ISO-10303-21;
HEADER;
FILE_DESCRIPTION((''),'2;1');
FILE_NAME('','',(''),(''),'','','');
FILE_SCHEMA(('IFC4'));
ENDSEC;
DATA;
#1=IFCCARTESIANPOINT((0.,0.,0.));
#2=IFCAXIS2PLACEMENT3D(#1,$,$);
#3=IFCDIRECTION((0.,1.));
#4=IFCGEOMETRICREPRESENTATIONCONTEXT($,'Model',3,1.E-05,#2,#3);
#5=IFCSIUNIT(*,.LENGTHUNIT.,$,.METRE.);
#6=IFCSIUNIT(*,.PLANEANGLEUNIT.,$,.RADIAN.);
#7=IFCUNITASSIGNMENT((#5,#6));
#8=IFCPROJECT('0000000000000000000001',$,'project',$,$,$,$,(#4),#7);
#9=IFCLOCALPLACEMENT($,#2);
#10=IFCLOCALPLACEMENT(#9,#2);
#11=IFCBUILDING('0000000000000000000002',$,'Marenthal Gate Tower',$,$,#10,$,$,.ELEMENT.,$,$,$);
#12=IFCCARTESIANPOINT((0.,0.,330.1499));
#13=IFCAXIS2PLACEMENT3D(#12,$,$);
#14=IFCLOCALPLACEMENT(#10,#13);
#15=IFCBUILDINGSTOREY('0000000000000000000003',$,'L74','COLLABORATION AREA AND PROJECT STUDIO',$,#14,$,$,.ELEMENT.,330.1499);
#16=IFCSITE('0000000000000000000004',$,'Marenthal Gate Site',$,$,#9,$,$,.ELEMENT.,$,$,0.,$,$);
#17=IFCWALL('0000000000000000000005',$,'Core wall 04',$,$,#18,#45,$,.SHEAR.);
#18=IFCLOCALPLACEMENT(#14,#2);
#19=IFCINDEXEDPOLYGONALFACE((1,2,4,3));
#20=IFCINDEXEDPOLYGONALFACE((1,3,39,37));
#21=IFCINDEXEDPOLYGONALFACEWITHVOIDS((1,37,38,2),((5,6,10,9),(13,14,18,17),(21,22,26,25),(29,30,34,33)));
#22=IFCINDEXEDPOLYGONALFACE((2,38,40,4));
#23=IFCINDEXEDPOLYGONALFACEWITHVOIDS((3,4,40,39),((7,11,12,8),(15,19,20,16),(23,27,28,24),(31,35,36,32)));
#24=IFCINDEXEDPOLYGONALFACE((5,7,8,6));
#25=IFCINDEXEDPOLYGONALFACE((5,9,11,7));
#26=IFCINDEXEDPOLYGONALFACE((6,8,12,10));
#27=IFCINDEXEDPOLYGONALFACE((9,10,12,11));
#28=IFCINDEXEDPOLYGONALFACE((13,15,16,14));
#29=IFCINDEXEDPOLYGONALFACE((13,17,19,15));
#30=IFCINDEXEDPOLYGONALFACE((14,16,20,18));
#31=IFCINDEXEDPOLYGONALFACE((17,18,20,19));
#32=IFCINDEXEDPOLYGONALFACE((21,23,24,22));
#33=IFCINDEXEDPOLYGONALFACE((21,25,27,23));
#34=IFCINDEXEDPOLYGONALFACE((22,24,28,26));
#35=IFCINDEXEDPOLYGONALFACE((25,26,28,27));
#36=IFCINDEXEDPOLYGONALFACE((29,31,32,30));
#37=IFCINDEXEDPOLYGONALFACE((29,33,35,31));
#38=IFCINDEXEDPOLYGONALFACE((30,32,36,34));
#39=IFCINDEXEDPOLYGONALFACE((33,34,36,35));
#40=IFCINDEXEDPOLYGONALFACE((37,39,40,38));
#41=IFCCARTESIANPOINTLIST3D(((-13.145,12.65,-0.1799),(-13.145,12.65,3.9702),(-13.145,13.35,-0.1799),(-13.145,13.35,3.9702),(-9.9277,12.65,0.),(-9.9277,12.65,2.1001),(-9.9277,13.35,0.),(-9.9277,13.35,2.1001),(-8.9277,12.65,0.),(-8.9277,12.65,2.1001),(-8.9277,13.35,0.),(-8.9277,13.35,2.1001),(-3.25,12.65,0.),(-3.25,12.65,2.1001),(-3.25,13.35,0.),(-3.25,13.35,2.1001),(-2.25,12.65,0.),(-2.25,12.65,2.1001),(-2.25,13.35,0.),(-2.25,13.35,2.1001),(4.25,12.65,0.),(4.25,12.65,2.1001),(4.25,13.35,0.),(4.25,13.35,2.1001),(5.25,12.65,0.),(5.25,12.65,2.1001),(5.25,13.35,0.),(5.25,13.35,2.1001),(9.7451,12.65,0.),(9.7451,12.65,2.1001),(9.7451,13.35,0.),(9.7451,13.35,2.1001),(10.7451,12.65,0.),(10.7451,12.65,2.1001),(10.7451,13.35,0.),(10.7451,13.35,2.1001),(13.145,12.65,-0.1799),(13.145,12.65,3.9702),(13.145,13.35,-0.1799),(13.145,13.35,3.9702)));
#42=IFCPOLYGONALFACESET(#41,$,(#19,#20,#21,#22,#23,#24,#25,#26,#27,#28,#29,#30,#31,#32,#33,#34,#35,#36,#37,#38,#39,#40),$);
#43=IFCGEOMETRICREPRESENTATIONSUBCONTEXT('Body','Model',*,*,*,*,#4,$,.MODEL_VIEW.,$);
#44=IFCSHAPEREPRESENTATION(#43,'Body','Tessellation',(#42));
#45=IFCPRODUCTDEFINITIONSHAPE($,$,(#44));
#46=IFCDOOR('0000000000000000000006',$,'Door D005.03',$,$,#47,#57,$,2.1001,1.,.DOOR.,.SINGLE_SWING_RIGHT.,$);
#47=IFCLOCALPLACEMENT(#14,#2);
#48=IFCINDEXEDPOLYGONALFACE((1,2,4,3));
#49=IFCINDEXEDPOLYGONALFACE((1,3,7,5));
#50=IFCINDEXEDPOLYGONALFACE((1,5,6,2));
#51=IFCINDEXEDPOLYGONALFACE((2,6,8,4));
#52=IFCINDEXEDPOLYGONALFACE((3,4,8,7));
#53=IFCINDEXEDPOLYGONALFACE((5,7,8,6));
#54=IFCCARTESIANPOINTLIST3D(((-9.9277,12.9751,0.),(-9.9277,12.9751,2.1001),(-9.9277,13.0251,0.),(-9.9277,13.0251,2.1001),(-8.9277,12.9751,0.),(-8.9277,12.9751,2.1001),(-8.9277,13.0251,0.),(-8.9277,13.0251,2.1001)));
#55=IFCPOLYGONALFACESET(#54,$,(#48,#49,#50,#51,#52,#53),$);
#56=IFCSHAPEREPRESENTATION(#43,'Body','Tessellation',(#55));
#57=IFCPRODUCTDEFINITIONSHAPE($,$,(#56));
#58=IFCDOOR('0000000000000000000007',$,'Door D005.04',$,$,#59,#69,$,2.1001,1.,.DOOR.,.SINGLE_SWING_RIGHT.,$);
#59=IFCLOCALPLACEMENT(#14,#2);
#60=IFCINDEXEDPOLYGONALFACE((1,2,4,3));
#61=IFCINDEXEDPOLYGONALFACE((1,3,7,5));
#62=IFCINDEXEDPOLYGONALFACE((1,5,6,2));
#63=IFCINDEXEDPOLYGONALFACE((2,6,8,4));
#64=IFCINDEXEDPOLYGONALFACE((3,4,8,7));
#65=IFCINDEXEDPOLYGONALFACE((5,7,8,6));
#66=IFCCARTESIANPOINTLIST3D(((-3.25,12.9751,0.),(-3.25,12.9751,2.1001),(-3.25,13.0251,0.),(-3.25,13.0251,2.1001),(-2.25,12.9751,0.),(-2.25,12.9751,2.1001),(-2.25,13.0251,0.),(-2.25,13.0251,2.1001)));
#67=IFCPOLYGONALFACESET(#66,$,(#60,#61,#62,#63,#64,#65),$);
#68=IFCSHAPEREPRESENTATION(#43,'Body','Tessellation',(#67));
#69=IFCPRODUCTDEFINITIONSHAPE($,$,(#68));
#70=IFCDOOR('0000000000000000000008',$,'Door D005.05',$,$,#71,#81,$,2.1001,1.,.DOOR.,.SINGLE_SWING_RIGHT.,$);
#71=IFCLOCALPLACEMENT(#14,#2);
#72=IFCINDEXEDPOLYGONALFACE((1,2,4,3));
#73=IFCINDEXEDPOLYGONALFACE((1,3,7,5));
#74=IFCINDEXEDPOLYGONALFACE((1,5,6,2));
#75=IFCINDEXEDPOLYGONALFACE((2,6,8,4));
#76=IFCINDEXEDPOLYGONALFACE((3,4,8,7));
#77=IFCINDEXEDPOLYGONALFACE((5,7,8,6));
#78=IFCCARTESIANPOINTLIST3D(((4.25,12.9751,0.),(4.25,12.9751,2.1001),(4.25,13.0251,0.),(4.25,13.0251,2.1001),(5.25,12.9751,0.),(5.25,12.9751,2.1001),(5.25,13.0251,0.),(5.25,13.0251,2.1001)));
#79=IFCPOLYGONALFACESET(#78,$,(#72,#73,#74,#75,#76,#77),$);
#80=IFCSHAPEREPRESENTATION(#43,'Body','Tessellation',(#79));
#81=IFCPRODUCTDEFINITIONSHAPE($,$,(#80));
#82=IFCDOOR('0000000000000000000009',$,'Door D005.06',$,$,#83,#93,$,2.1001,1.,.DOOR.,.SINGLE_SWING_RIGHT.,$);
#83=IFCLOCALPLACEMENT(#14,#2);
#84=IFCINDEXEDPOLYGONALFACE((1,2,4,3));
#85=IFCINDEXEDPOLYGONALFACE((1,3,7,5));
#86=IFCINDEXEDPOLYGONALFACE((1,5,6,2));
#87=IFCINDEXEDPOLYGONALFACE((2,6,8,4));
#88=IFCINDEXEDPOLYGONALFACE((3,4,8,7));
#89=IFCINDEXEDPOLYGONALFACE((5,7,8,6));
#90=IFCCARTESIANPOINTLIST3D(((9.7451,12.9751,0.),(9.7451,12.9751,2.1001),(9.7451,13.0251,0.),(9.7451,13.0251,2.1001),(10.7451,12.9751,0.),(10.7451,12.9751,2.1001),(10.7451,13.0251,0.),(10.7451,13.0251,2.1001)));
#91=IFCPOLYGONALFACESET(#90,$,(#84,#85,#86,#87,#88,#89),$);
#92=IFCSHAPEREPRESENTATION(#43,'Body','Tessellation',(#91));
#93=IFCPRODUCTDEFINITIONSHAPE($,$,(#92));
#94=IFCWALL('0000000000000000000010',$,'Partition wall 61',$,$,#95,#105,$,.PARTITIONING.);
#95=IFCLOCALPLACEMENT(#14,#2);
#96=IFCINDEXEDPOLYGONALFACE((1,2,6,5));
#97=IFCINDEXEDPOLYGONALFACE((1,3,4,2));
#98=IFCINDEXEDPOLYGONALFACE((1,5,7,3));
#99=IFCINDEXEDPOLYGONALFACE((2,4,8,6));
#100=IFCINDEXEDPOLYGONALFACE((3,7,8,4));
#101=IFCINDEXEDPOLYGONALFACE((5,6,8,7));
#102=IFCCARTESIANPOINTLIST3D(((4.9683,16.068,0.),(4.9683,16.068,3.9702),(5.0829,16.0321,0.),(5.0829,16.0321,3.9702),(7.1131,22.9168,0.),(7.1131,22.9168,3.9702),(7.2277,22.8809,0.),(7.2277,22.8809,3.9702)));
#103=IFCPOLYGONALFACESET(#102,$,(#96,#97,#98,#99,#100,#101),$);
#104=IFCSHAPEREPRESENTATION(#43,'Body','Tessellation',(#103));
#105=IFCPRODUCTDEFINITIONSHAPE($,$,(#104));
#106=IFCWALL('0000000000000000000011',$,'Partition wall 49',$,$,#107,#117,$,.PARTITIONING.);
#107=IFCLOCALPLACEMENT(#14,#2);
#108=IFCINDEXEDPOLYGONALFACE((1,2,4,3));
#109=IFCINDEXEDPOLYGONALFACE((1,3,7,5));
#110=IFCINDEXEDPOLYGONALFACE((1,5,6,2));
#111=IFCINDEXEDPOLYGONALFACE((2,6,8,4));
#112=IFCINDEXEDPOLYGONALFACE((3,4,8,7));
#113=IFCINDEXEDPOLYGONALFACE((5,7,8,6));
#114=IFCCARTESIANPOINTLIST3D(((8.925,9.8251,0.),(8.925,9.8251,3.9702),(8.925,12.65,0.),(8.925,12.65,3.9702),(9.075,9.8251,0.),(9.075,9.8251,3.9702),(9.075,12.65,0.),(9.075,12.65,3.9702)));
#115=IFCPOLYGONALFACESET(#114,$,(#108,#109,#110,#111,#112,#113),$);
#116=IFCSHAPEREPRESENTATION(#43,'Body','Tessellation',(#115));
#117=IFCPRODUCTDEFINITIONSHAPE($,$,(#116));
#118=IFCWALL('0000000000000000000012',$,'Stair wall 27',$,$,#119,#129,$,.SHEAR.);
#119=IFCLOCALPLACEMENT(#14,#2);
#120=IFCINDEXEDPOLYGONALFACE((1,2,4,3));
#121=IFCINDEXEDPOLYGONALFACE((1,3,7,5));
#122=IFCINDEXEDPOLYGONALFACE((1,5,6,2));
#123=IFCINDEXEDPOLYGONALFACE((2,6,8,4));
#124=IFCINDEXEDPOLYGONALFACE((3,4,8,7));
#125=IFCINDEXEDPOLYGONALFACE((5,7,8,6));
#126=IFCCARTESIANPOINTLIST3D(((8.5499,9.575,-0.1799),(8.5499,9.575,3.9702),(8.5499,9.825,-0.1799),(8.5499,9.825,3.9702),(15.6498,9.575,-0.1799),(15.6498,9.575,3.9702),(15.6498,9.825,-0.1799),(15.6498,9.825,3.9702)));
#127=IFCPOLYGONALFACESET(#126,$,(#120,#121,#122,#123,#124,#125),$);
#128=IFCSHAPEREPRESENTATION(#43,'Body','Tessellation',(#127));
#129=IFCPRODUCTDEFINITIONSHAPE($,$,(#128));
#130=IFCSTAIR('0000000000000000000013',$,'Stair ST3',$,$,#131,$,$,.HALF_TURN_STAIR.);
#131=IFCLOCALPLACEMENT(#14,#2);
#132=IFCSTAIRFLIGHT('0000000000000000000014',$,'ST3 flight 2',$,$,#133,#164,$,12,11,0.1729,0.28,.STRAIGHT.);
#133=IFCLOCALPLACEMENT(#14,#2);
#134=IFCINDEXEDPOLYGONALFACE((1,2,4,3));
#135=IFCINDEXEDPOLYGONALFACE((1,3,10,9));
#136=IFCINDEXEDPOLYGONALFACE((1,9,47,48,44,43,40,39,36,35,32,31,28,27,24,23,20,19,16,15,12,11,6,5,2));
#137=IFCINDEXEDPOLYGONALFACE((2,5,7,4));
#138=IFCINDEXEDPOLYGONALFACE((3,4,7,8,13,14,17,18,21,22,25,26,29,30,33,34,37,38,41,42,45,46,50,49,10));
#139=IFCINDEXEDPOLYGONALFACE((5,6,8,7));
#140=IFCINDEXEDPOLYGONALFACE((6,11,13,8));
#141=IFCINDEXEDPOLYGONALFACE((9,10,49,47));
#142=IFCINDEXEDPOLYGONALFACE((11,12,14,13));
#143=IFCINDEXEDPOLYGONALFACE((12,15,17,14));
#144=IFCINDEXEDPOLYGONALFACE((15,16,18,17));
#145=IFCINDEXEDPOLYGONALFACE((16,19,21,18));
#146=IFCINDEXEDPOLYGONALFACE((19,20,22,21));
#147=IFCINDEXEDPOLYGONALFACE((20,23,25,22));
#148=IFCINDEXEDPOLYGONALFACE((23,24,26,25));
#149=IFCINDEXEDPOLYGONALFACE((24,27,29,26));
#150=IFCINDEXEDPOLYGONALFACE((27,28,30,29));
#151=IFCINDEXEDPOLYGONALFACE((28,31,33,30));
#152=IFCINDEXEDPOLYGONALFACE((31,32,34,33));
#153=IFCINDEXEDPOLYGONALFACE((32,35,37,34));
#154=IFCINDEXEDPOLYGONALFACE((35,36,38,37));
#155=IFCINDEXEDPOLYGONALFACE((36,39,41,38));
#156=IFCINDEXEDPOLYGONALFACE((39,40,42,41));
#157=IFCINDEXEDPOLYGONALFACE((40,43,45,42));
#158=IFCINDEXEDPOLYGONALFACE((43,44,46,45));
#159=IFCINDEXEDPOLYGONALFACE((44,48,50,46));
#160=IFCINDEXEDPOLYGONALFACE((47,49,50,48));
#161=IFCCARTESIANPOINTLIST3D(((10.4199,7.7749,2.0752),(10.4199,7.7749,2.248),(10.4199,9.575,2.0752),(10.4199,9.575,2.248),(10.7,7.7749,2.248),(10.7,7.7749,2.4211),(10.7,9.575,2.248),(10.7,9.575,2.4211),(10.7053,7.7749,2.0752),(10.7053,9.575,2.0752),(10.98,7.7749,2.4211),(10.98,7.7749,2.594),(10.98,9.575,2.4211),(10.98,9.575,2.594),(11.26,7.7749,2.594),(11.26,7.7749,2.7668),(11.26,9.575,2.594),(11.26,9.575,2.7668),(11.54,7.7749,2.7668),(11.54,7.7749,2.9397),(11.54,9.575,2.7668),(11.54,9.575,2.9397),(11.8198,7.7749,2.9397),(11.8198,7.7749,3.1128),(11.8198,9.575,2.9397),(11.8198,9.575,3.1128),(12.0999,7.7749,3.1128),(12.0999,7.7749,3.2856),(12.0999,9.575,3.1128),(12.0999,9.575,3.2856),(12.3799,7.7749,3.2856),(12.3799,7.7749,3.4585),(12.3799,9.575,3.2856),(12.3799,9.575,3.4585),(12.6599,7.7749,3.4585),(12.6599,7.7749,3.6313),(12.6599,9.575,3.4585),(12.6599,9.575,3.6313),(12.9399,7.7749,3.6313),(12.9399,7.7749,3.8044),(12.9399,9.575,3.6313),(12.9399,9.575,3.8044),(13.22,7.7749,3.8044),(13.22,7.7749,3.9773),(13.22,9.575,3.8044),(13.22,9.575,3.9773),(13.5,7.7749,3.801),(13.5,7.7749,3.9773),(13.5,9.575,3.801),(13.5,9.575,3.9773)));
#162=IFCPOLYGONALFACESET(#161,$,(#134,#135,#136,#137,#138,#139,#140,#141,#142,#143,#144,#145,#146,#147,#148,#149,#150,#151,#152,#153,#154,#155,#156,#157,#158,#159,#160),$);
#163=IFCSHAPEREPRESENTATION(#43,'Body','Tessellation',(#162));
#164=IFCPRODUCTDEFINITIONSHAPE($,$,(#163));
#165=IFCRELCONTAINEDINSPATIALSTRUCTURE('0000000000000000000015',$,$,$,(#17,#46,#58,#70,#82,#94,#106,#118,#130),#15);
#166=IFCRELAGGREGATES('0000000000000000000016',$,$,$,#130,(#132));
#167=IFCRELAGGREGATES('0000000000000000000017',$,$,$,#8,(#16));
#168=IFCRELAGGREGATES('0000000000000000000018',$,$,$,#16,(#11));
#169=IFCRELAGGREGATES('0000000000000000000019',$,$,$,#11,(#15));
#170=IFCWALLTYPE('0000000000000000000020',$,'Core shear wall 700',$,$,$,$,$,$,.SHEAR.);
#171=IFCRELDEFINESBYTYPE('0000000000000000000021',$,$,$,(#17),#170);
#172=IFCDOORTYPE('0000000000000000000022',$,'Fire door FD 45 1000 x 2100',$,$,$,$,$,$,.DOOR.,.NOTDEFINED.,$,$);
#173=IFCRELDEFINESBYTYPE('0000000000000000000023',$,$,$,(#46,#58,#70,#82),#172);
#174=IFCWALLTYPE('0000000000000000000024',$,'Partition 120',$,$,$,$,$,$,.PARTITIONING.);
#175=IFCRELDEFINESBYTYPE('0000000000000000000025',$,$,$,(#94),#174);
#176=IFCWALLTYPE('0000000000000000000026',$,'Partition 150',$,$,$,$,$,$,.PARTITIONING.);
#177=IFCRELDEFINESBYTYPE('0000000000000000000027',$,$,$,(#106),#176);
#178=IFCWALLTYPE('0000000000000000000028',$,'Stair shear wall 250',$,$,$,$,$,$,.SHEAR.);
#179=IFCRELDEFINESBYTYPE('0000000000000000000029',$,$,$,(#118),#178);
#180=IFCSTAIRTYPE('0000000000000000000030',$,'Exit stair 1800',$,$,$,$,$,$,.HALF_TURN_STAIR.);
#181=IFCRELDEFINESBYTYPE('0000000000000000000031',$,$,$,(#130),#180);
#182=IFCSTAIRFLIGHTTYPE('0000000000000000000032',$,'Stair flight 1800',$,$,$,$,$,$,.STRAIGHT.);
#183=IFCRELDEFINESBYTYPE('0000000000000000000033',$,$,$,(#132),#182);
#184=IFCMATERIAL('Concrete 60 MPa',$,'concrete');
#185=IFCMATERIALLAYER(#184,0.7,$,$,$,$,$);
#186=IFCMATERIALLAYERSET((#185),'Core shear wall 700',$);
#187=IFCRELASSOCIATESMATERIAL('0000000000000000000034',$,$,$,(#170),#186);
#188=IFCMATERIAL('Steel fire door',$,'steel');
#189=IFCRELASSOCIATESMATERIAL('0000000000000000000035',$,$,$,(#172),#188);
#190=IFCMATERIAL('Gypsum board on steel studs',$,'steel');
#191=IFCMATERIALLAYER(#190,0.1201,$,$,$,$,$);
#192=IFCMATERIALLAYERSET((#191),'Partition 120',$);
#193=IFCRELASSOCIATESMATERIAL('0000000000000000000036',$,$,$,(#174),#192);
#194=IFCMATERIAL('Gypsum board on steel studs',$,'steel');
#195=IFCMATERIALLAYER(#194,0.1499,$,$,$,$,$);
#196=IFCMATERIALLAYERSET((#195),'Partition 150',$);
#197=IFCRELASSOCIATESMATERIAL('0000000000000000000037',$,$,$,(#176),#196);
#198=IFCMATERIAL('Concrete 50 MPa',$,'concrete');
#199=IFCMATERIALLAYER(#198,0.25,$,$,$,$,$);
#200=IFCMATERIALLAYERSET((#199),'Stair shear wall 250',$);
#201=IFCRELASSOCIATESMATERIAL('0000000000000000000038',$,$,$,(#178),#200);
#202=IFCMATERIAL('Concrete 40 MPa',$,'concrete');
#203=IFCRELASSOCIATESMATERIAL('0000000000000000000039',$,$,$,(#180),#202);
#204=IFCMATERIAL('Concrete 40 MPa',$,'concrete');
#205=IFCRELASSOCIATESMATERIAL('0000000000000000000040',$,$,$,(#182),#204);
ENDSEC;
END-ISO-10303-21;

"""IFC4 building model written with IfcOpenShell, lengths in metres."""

from ifc_helpers import new_model, si_unit, direction, frame, frame_2d, origin, place, context, subcontext, project, spatial, polyline, rectangle, outline, extrude, material, layer, layer_set, type_object, element, fill, aggregate, save


model = new_model("IFC4")

# Units and contexts
model_context = context("Model", 3, precision=1e-05, world=origin(), true_north=direction((0.0, 1.0)))
body_context = subcontext(model_context, "Body", "Model", "MODEL_VIEW")
ifc_project = project(units=[si_unit("LENGTHUNIT", "METRE"), si_unit("PLANEANGLEUNIT", "RADIAN")], contexts=[model_context])

# Site, building, storey
site_placement = place(None, origin())
site = spatial("IfcSite", under=ifc_project, at=site_placement, Name="Marenthal Gate Site", CompositionType="ELEMENT", RefElevation=0.0)
building_placement = place(site_placement, origin())
building = spatial("IfcBuilding", under=site, at=building_placement, Name="Marenthal Gate Tower", CompositionType="ELEMENT")
storey_placement = place(building_placement, frame((0.0, 0.0, 330.1499)))
storey = spatial("IfcBuildingStorey", under=building, at=storey_placement, Name="L74", Description="COLLABORATION AREA AND PROJECT STUDIO", CompositionType="ELEMENT", Elevation=330.1499)

# Wall, openings, doors
ifc_material_1 = material(Name="Concrete 60 MPa", Category="concrete")
ifc_layer_1 = layer(ifc_material_1, 0.7)
ifc_layer_set_1 = layer_set([ifc_layer_1], Name="Core shear wall 700")
wall_type_1 = type_object("IfcWallType", Name="Core shear wall 700", PredefinedType="SHEAR", material=ifc_layer_set_1)
wall_1_placement = place(storey_placement, frame((13.145, 13.0, -0.1799), z_axis=(0.0, 0.0, 1.0), x_axis=(-1.0, 0.0, 0.0)))
wall_1 = element("IfcWall", 1, at=wall_1_placement, inside=storey, type_object=wall_type_1, Name="Core wall 04", PredefinedType="SHEAR", context=body_context, shape_type="SweptSolid", body=[
    extrude(rectangle(XDim=26.29, YDim=0.7, at=frame_2d((13.145, 0.0))), origin(), (0.0, 0.0, 1.0), 4.1501),
])
opening_1_placement = place(wall_1_placement, frame((22.0728, 0.0, 0.1799)))
opening_1 = element("IfcOpeningElement", 2, at=opening_1_placement, cuts=wall_1, PredefinedType="OPENING", context=body_context, shape_type="SweptSolid", body=[
    extrude(rectangle(XDim=1.0, YDim=2.1001, at=frame_2d((0.5, 1.05))), frame((0.0, 0.3599, 0.0), z_axis=(0.0, -1.0, 0.0), x_axis=(1.0, 0.0, 0.0)), (0.0, 0.0, 1.0), 0.72),
])
opening_2_placement = place(wall_1_placement, frame((15.395, 0.0, 0.1799)))
opening_2 = element("IfcOpeningElement", 3, at=opening_2_placement, cuts=wall_1, PredefinedType="OPENING", context=body_context, shape_type="SweptSolid", body=[
    extrude(rectangle(XDim=1.0, YDim=2.1001, at=frame_2d((0.5, 1.05))), frame((0.0, 0.3599, 0.0), z_axis=(0.0, -1.0, 0.0), x_axis=(1.0, 0.0, 0.0)), (0.0, 0.0, 1.0), 0.72),
])
opening_3_placement = place(wall_1_placement, frame((7.895, 0.0, 0.1799)))
opening_3 = element("IfcOpeningElement", 4, at=opening_3_placement, cuts=wall_1, PredefinedType="OPENING", context=body_context, shape_type="SweptSolid", body=[
    extrude(rectangle(XDim=1.0, YDim=2.1001, at=frame_2d((0.5, 1.05))), frame((0.0, 0.3599, 0.0), z_axis=(0.0, -1.0, 0.0), x_axis=(1.0, 0.0, 0.0)), (0.0, 0.0, 1.0), 0.72),
])
opening_4_placement = place(wall_1_placement, frame((2.3999, 0.0, 0.1799)))
opening_4 = element("IfcOpeningElement", 5, at=opening_4_placement, cuts=wall_1, PredefinedType="OPENING", context=body_context, shape_type="SweptSolid", body=[
    extrude(rectangle(XDim=1.0, YDim=2.1001, at=frame_2d((0.5, 1.05))), frame((0.0, 0.3599, 0.0), z_axis=(0.0, -1.0, 0.0), x_axis=(1.0, 0.0, 0.0)), (0.0, 0.0, 1.0), 0.72),
])
ifc_material_2 = material(Name="Steel fire door", Category="steel")
door_type = type_object("IfcDoorType", Name="Fire door FD 45 1000 x 2100", OperationType="NOTDEFINED", PredefinedType="DOOR", material=ifc_material_2)
door_1_placement = place(opening_1_placement, origin())
door_1 = element("IfcDoor", 6, at=door_1_placement, inside=storey, type_object=door_type, Name="Door D005.03", OperationType="SINGLE_SWING_RIGHT", OverallHeight=2.1001, OverallWidth=1.0, PredefinedType="DOOR", context=body_context, shape_type="SweptSolid", body=[
    extrude(rectangle(XDim=1.0, YDim=2.1001, at=frame_2d((0.5, 1.05))), frame((0.0, 0.0249, 0.0), z_axis=(0.0, -1.0, 0.0), x_axis=(1.0, 0.0, 0.0)), (0.0, 0.0, 1.0), 0.05),
])
fill(opening_1, door_1)
door_2_placement = place(opening_2_placement, origin())
door_2 = element("IfcDoor", 7, at=door_2_placement, inside=storey, type_object=door_type, Name="Door D005.04", OperationType="SINGLE_SWING_RIGHT", OverallHeight=2.1001, OverallWidth=1.0, PredefinedType="DOOR", context=body_context, shape_type="SweptSolid", body=[
    extrude(rectangle(XDim=1.0, YDim=2.1001, at=frame_2d((0.5, 1.05))), frame((0.0, 0.0249, 0.0), z_axis=(0.0, -1.0, 0.0), x_axis=(1.0, 0.0, 0.0)), (0.0, 0.0, 1.0), 0.05),
])
fill(opening_2, door_2)
door_3_placement = place(opening_3_placement, origin())
door_3 = element("IfcDoor", 8, at=door_3_placement, inside=storey, type_object=door_type, Name="Door D005.05", OperationType="SINGLE_SWING_RIGHT", OverallHeight=2.1001, OverallWidth=1.0, PredefinedType="DOOR", context=body_context, shape_type="SweptSolid", body=[
    extrude(rectangle(XDim=1.0, YDim=2.1001, at=frame_2d((0.5, 1.05))), frame((0.0, 0.0249, 0.0), z_axis=(0.0, -1.0, 0.0), x_axis=(1.0, 0.0, 0.0)), (0.0, 0.0, 1.0), 0.05),
])
fill(opening_3, door_3)
door_4_placement = place(opening_4_placement, origin())
door_4 = element("IfcDoor", 9, at=door_4_placement, inside=storey, type_object=door_type, Name="Door D005.06", OperationType="SINGLE_SWING_RIGHT", OverallHeight=2.1001, OverallWidth=1.0, PredefinedType="DOOR", context=body_context, shape_type="SweptSolid", body=[
    extrude(rectangle(XDim=1.0, YDim=2.1001, at=frame_2d((0.5, 1.05))), frame((0.0, 0.0249, 0.0), z_axis=(0.0, -1.0, 0.0), x_axis=(1.0, 0.0, 0.0)), (0.0, 0.0, 1.0), 0.05),
])
fill(opening_4, door_4)

# Walls
ifc_material_3 = material(Name="Gypsum board on steel studs", Category="steel")
ifc_layer_2 = layer(ifc_material_3, 0.1201)
ifc_layer_set_2 = layer_set([ifc_layer_2], Name="Partition 120")
wall_type_2 = type_object("IfcWallType", Name="Partition 120", PredefinedType="PARTITIONING", material=ifc_layer_set_2)
wall_2_placement = place(storey_placement, frame((5.0256, 16.05, 0.0), z_axis=(0.0, 0.0, 1.0), x_axis=(0.298846, 0.954301, 0.0)))
element("IfcWall", 10, at=wall_2_placement, inside=storey, type_object=wall_type_2, Name="Partition wall 61", PredefinedType="PARTITIONING", context=body_context, shape_type="SweptSolid", body=[
    extrude(rectangle(XDim=7.1768, YDim=0.1201, at=frame_2d((3.5884, 0.0))), origin(), (0.0, 0.0, 1.0), 3.9702),
])
ifc_material_4 = material(Name="Gypsum board on steel studs", Category="steel")
ifc_layer_3 = layer(ifc_material_4, 0.1499)
ifc_layer_set_3 = layer_set([ifc_layer_3], Name="Partition 150")
wall_type_3 = type_object("IfcWallType", Name="Partition 150", PredefinedType="PARTITIONING", material=ifc_layer_set_3)
wall_3_placement = place(storey_placement, frame((9.0, 9.825, 0.0), z_axis=(0.0, 0.0, 1.0), x_axis=(0.0, 1.0, 0.0)))
element("IfcWall", 11, at=wall_3_placement, inside=storey, type_object=wall_type_3, Name="Partition wall 49", PredefinedType="PARTITIONING", context=body_context, shape_type="SweptSolid", body=[
    extrude(rectangle(XDim=2.825, YDim=0.1499, at=frame_2d((1.4126, 0.0))), origin(), (0.0, 0.0, 1.0), 3.9702),
])
ifc_material_5 = material(Name="Concrete 50 MPa", Category="concrete")
ifc_layer_4 = layer(ifc_material_5, 0.25)
ifc_layer_set_4 = layer_set([ifc_layer_4], Name="Stair shear wall 250")
wall_type_4 = type_object("IfcWallType", Name="Stair shear wall 250", PredefinedType="SHEAR", material=ifc_layer_set_4)
wall_4_placement = place(storey_placement, frame((8.55, 9.7, -0.1799), z_axis=(0.0, 0.0, 1.0), x_axis=(1.0, 0.0, 0.0)))
element("IfcWall", 12, at=wall_4_placement, inside=storey, type_object=wall_type_4, Name="Stair wall 27", PredefinedType="SHEAR", context=body_context, shape_type="SweptSolid", body=[
    extrude(rectangle(XDim=7.0999, YDim=0.25, at=frame_2d((3.5498, 0.0))), origin(), (0.0, 0.0, 1.0), 4.1501),
])

# Stair, stair flight
ifc_material_6 = material(Name="Concrete 40 MPa", Category="concrete")
stair_type = type_object("IfcStairType", Name="Exit stair 1800", PredefinedType="HALF_TURN_STAIR", material=ifc_material_6)
stair_placement = place(storey_placement, origin())
stair = element("IfcStair", 13, at=stair_placement, inside=storey, type_object=stair_type, Name="Stair ST3", PredefinedType="HALF_TURN_STAIR")
ifc_material_7 = material(Name="Concrete 40 MPa", Category="concrete")
stair_flight_type = type_object("IfcStairFlightType", Name="Stair flight 1800", PredefinedType="STRAIGHT", material=ifc_material_7)
stair_flight_placement = place(storey_placement, frame((10.4199, 8.675, 2.0752), z_axis=(0.0, 0.0, 1.0), x_axis=(1.0, 0.0, 0.0)))
stair_flight = element("IfcStairFlight", 14, at=stair_flight_placement, type_object=stair_flight_type, Name="ST3 flight 2", NumberOfRisers=12, NumberOfTreads=11, PredefinedType="STRAIGHT", RiserHeight=0.1729, TreadLength=0.28, context=body_context, shape_type="SweptSolid", body=[
    extrude(outline(polyline([(0.0, 0.0), (0.0, 0.1729), (0.28, 0.1729), (0.28, 0.3459), (0.5601, 0.3459), (0.5601, 0.5188), (0.8401, 0.5188), (0.8401, 0.6917), (1.1201, 0.6917), (1.1201, 0.8645), (1.3999, 0.8645), (1.3999, 1.0376), (1.6799, 1.0376), (1.6799, 1.2104), (1.96, 1.2104), (1.96, 1.3833), (2.24, 1.3833), (2.24, 1.5562), (2.52, 1.5562), (2.52, 1.7292), (2.8, 1.7292), (2.8, 1.9021), (3.0801, 1.9021), (3.0801, 2.075), (3.0801, 1.7258), (0.2854, 0.0), (0.0, 0.0)])), frame((0.0, 0.8999, 0.0), z_axis=(0.0, -1.0, 0.0), x_axis=(1.0, 0.0, 0.0)), (0.0, 0.0, 1.0), 1.8),
])
aggregate(stair, [stair_flight])

save(model, "model.ifc")
